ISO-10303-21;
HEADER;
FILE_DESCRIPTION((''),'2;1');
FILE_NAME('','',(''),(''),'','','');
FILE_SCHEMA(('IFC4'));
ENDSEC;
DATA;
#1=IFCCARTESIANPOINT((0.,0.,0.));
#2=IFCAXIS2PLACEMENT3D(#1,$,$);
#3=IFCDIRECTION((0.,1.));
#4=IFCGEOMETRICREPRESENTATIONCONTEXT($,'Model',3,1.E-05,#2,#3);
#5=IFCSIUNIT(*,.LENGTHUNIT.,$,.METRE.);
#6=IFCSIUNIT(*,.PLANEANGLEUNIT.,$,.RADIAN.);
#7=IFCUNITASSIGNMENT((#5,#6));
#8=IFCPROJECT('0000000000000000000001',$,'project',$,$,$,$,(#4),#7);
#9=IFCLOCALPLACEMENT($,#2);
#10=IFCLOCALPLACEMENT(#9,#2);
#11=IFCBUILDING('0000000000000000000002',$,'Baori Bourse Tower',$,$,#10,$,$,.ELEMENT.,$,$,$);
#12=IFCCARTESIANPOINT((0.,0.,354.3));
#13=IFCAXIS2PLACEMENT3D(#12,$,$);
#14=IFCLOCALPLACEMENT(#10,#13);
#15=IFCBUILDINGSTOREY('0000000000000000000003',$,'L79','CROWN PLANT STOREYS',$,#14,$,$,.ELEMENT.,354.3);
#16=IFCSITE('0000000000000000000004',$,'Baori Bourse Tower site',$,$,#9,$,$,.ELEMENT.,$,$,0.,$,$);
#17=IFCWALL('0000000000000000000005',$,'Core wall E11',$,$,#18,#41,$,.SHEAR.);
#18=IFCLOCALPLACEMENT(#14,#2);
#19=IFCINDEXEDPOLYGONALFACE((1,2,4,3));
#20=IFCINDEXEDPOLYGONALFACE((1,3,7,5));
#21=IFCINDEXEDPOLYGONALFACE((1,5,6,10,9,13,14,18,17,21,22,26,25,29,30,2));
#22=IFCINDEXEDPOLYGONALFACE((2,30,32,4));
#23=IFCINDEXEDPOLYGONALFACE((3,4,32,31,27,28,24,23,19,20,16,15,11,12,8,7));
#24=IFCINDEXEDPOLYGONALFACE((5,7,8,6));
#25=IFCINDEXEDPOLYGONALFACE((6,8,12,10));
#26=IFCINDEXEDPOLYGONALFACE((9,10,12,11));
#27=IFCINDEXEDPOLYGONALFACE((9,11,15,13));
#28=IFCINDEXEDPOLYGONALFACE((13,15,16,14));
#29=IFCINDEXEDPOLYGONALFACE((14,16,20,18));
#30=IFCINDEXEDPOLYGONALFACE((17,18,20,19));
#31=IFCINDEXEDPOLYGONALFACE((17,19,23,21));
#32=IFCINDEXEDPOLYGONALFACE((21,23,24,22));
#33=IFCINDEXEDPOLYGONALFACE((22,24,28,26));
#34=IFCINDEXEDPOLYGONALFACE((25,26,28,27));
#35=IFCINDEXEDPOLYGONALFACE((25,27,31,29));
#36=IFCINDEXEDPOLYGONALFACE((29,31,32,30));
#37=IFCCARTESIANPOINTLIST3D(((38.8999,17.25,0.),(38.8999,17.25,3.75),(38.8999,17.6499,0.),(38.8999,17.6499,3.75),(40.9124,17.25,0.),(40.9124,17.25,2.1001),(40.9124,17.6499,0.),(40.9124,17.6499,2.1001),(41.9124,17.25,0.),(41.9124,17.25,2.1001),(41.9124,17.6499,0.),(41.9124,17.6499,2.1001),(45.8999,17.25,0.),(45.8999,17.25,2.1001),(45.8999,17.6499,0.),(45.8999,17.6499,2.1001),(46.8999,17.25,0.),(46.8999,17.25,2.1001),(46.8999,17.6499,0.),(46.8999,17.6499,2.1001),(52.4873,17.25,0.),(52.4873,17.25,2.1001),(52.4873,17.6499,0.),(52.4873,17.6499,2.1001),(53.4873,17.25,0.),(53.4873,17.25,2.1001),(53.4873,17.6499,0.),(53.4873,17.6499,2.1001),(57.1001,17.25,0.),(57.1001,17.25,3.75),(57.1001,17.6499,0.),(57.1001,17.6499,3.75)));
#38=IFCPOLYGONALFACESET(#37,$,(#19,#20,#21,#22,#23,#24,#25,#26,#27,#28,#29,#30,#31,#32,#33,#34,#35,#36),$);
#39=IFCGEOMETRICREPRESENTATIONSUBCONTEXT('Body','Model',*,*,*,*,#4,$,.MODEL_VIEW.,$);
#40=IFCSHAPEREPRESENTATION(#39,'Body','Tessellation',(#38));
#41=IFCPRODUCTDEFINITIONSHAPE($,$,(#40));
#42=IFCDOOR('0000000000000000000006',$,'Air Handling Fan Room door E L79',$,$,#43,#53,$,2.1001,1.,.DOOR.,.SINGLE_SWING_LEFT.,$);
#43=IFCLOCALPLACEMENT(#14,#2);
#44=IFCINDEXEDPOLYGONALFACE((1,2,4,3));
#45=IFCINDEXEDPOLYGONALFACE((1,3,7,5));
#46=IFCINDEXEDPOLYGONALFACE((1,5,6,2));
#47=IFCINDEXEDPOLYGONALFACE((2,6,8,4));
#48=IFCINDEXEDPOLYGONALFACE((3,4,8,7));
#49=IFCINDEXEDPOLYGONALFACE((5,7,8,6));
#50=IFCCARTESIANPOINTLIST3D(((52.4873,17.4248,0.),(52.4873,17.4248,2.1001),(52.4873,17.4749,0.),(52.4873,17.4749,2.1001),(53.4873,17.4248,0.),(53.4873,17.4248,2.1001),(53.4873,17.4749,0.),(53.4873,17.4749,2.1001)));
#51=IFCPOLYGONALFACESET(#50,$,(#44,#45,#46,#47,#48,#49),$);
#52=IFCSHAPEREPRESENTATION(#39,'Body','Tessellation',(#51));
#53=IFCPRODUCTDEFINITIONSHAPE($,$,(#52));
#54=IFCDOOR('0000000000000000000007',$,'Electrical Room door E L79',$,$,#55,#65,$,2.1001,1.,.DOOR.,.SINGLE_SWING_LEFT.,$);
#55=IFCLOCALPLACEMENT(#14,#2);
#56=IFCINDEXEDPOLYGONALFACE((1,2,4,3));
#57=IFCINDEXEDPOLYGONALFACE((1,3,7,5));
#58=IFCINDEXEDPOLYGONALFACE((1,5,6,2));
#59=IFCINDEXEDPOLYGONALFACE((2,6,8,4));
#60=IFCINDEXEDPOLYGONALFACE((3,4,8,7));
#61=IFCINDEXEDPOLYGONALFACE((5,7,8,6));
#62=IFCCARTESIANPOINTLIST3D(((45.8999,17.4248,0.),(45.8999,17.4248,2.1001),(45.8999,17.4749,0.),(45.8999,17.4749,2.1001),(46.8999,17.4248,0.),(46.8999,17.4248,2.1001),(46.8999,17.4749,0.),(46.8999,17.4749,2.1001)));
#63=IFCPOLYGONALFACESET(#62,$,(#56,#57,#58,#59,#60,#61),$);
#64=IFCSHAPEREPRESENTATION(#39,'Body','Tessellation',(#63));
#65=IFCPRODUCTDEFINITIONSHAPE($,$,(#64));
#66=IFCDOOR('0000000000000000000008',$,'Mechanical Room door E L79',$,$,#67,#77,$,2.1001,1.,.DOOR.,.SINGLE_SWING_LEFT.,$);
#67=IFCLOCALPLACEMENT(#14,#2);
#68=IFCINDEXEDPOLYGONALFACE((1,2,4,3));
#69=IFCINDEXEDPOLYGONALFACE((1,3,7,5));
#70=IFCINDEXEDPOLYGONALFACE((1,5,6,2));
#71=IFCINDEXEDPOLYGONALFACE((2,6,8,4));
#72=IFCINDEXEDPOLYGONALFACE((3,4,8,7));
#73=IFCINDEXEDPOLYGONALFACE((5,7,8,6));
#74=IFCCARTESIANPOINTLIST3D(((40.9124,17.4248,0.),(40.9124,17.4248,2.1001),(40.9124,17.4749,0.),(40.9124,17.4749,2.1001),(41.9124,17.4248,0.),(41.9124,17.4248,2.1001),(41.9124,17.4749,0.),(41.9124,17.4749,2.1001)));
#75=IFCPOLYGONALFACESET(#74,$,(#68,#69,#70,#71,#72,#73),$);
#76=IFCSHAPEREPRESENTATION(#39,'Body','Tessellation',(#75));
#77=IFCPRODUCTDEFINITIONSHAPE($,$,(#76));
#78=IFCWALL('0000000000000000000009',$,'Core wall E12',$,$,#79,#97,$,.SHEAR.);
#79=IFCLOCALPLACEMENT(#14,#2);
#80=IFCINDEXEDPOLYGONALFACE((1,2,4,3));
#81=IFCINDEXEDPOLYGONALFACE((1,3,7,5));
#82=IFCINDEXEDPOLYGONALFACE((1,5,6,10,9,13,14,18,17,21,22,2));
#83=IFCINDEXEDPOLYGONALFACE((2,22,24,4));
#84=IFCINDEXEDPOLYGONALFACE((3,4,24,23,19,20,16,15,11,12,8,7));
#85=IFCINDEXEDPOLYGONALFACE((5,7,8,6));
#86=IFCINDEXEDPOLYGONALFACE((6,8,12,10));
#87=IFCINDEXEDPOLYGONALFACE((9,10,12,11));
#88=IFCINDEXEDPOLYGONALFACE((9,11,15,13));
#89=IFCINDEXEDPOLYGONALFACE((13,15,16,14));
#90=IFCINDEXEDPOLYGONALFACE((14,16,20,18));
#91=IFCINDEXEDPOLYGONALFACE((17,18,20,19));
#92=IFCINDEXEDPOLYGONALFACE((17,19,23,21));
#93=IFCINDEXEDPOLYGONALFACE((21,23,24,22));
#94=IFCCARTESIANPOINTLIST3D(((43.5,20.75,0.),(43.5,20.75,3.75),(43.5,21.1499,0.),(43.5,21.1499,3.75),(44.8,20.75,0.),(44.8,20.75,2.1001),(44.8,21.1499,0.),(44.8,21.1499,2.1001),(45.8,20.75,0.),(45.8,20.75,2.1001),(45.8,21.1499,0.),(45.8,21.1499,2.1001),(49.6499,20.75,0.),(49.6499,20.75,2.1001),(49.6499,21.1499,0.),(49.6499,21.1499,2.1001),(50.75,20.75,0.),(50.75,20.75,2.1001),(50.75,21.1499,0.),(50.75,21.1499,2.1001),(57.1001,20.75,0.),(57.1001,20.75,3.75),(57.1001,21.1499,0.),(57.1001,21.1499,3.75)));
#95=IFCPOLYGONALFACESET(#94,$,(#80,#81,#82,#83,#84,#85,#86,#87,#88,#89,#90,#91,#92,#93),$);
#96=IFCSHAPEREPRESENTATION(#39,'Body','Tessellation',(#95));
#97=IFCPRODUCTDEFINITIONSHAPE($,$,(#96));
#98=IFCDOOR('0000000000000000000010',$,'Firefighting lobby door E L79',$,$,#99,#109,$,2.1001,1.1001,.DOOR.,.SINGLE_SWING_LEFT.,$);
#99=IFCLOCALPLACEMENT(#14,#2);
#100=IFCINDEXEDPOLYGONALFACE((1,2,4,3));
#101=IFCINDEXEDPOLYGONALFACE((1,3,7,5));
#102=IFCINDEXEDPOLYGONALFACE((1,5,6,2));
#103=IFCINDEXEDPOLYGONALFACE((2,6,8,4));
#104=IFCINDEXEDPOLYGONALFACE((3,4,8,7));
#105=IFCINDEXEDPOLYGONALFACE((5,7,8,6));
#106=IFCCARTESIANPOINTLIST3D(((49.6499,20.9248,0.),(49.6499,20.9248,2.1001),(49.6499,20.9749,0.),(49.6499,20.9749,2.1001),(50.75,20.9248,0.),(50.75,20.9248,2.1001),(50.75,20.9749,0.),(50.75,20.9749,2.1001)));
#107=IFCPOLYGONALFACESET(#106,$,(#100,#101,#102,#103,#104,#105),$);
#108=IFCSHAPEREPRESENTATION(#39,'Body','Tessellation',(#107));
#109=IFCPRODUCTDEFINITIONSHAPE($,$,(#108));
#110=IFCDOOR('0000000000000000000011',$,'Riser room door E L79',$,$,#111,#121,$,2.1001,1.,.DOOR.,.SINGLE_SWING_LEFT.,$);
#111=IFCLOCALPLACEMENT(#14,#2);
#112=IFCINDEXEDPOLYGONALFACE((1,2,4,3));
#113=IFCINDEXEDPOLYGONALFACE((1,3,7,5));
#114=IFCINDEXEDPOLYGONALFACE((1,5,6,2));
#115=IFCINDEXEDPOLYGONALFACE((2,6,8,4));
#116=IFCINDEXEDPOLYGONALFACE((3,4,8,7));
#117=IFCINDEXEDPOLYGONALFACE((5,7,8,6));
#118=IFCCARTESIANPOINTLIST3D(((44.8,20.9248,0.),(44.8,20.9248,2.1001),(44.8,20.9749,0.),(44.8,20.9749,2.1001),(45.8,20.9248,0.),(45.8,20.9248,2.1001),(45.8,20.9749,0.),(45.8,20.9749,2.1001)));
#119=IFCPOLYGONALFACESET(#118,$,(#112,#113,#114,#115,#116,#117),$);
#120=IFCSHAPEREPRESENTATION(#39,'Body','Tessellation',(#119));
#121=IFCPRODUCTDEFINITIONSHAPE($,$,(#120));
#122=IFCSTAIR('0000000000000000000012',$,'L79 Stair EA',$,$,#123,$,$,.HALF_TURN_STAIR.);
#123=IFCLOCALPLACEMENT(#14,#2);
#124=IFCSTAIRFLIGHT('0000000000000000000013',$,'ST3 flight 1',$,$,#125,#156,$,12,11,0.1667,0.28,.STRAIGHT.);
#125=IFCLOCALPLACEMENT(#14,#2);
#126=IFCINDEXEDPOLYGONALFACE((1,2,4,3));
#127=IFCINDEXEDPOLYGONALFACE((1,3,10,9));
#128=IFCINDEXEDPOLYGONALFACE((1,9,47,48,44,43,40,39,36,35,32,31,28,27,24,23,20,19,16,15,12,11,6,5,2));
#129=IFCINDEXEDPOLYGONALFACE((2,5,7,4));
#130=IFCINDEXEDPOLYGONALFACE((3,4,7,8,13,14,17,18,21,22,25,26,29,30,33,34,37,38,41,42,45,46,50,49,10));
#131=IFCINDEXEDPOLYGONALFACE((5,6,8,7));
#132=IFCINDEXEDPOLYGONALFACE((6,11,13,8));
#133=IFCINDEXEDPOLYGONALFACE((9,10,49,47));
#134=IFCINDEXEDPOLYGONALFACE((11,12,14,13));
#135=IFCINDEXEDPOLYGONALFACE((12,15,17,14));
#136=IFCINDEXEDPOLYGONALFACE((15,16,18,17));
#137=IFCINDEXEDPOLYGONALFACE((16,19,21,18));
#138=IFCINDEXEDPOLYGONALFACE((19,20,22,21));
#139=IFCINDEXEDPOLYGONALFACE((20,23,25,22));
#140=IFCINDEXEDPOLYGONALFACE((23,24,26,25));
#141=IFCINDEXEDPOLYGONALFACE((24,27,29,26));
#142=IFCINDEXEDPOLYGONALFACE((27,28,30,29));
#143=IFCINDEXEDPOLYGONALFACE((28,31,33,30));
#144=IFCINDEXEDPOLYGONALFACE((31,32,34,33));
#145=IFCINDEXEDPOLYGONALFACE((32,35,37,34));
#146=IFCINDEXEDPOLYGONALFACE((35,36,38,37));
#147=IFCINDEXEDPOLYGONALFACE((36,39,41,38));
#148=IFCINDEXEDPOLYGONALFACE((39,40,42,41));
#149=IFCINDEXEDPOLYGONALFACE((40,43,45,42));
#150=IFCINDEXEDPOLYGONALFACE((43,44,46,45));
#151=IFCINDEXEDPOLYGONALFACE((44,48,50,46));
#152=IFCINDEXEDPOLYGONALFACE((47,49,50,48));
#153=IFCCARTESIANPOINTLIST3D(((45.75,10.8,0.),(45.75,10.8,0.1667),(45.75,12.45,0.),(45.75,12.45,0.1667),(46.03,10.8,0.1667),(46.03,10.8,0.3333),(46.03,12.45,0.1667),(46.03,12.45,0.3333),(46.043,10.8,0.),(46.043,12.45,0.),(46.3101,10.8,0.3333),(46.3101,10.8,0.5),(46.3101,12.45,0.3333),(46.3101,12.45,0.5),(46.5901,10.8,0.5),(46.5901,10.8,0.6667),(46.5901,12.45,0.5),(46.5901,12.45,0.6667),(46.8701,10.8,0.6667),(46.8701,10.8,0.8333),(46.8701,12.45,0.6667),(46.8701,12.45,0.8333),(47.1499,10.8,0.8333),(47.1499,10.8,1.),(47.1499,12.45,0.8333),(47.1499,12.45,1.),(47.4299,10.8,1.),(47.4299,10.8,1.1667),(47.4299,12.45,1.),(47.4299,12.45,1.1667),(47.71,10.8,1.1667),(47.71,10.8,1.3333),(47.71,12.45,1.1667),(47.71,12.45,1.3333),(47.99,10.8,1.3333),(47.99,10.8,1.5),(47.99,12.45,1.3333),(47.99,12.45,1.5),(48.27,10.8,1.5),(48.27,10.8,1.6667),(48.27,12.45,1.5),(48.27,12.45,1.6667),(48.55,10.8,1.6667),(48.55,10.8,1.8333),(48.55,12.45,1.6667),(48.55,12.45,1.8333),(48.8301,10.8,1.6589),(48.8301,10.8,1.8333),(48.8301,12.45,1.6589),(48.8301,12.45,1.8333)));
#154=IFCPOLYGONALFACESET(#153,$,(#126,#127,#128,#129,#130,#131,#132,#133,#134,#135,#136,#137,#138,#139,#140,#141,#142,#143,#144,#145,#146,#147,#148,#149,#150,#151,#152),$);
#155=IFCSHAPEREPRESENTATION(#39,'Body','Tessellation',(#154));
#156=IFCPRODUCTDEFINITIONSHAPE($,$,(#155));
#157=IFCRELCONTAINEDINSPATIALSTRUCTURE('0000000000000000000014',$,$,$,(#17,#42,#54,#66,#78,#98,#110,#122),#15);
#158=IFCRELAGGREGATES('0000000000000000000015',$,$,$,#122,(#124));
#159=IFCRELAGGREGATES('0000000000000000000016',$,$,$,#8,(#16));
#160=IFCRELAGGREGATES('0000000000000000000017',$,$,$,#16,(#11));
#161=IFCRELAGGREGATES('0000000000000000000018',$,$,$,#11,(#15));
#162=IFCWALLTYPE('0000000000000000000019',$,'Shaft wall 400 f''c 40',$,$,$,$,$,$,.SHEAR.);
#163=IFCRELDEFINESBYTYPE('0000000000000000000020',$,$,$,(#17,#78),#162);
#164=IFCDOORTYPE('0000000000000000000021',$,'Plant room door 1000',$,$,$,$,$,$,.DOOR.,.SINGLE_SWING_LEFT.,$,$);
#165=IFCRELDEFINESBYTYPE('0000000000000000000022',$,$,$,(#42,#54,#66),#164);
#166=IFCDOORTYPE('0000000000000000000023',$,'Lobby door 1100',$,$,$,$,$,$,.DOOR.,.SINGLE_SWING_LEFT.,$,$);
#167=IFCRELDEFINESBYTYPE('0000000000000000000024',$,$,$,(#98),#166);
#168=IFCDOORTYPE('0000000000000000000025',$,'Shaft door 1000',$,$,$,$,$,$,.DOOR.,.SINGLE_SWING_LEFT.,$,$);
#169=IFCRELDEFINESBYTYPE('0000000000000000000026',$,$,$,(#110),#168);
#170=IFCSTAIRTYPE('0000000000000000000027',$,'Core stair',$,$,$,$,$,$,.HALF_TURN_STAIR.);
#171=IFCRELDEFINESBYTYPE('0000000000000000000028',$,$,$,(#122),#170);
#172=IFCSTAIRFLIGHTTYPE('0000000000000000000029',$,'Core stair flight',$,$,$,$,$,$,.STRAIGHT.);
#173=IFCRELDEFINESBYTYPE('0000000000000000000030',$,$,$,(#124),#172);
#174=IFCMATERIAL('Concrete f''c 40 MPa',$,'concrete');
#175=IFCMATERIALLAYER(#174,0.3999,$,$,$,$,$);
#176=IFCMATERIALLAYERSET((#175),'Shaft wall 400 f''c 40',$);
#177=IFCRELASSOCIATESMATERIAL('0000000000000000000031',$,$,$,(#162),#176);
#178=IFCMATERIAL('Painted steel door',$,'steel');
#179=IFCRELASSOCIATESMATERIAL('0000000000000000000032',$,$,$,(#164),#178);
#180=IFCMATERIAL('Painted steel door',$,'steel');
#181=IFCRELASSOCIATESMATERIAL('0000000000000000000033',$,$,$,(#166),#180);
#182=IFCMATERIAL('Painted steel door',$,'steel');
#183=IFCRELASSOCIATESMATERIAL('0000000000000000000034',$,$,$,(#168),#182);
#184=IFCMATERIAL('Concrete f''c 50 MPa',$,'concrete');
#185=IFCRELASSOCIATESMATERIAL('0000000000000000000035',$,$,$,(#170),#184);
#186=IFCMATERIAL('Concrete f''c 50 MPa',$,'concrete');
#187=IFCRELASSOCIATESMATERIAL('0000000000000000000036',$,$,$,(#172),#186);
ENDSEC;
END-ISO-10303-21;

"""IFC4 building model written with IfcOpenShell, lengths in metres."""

from ifc_helpers import new_model, si_unit, direction, frame, frame_2d, origin, place, context, subcontext, project, spatial, polyline, rectangle, outline, extrude, material, layer, layer_set, type_object, element, fill, aggregate, save


model = new_model("IFC4")

# Units and contexts
model_context = context("Model", 3, precision=1e-05, world=origin(), true_north=direction((0.0, 1.0)))
body_context = subcontext(model_context, "Body", "Model", "MODEL_VIEW")
ifc_project = project(units=[si_unit("LENGTHUNIT", "METRE"), si_unit("PLANEANGLEUNIT", "RADIAN")], contexts=[model_context])

# Site, building, storey
site_placement = place(None, origin())
site = spatial("IfcSite", under=ifc_project, at=site_placement, Name="Baori Bourse Tower site", CompositionType="ELEMENT", RefElevation=0.0)
building_placement = place(site_placement, origin())
building = spatial("IfcBuilding", under=site, at=building_placement, Name="Baori Bourse Tower", CompositionType="ELEMENT")
storey_placement = place(building_placement, frame((0.0, 0.0, 354.3)))
storey = spatial("IfcBuildingStorey", under=building, at=storey_placement, Name="L79", Description="CROWN PLANT STOREYS", CompositionType="ELEMENT", Elevation=354.3)

# Shared definitions
ifc_material_1 = material(Name="Concrete f'c 40 MPa", Category="concrete")
ifc_layer_1 = layer(ifc_material_1, 0.3999)
ifc_layer_set_1 = layer_set([ifc_layer_1], Name="Shaft wall 400 f'c 40")
wall_type_1 = type_object("IfcWallType", Name="Shaft wall 400 f'c 40", PredefinedType="SHEAR", material=ifc_layer_set_1)

# Walls, openings, doors
wall_1_placement = place(storey_placement, frame((38.8999, 17.45, 0.0), z_axis=(0.0, 0.0, 1.0), x_axis=(1.0, 0.0, 0.0)))
wall_1 = element("IfcWall", 1, at=wall_1_placement, inside=storey, type_object=wall_type_1, Name="Core wall E11", PredefinedType="SHEAR", context=body_context, shape_type="SweptSolid", body=[
    extrude(rectangle(XDim=18.2002, YDim=0.3999, at=frame_2d((9.1001, 0.0))), origin(), (0.0, 0.0, 1.0), 3.75),
])
opening_1_placement = place(wall_1_placement, frame((13.5874, 0.0, 0.0)))
opening_1 = element("IfcOpeningElement", 2, at=opening_1_placement, cuts=wall_1, PredefinedType="OPENING", context=body_context, shape_type="SweptSolid", body=[
    extrude(rectangle(XDim=1.0, YDim=2.1001, at=frame_2d((0.5, 1.05))), frame((0.0, 0.21, 0.0), z_axis=(0.0, -1.0, 0.0), x_axis=(1.0, 0.0, 0.0)), (0.0, 0.0, 1.0), 0.4199),
])
opening_2_placement = place(wall_1_placement, frame((7.0, 0.0, 0.0)))
opening_2 = element("IfcOpeningElement", 3, at=opening_2_placement, cuts=wall_1, PredefinedType="OPENING", context=body_context, shape_type="SweptSolid", body=[
    extrude(rectangle(XDim=1.0, YDim=2.1001, at=frame_2d((0.5, 1.05))), frame((0.0, 0.21, 0.0), z_axis=(0.0, -1.0, 0.0), x_axis=(1.0, 0.0, 0.0)), (0.0, 0.0, 1.0), 0.4199),
])
opening_3_placement = place(wall_1_placement, frame((2.0125, 0.0, 0.0)))
opening_3 = element("IfcOpeningElement", 4, at=opening_3_placement, cuts=wall_1, PredefinedType="OPENING", context=body_context, shape_type="SweptSolid", body=[
    extrude(rectangle(XDim=1.0, YDim=2.1001, at=frame_2d((0.5, 1.05))), frame((0.0, 0.21, 0.0), z_axis=(0.0, -1.0, 0.0), x_axis=(1.0, 0.0, 0.0)), (0.0, 0.0, 1.0), 0.4199),
])
ifc_material_2 = material(Name="Painted steel door", Category="steel")
door_type_1 = type_object("IfcDoorType", Name="Plant room door 1000", OperationType="SINGLE_SWING_LEFT", PredefinedType="DOOR", material=ifc_material_2)
door_1_placement = place(opening_1_placement, origin())
door_1 = element("IfcDoor", 5, at=door_1_placement, inside=storey, type_object=door_type_1, Name="Air Handling Fan Room door E L79", OperationType="SINGLE_SWING_LEFT", OverallHeight=2.1001, OverallWidth=1.0, PredefinedType="DOOR", context=body_context, shape_type="SweptSolid", body=[
    extrude(rectangle(XDim=1.0, YDim=2.1001, at=frame_2d((0.5, 1.05))), frame((0.0, 0.0249, 0.0), z_axis=(0.0, -1.0, 0.0), x_axis=(1.0, 0.0, 0.0)), (0.0, 0.0, 1.0), 0.05),
])
fill(opening_1, door_1)
door_2_placement = place(opening_2_placement, origin())
door_2 = element("IfcDoor", 6, at=door_2_placement, inside=storey, type_object=door_type_1, Name="Electrical Room door E L79", OperationType="SINGLE_SWING_LEFT", OverallHeight=2.1001, OverallWidth=1.0, PredefinedType="DOOR", context=body_context, shape_type="SweptSolid", body=[
    extrude(rectangle(XDim=1.0, YDim=2.1001, at=frame_2d((0.5, 1.05))), frame((0.0, 0.0249, 0.0), z_axis=(0.0, -1.0, 0.0), x_axis=(1.0, 0.0, 0.0)), (0.0, 0.0, 1.0), 0.05),
])
fill(opening_2, door_2)
door_3_placement = place(opening_3_placement, origin())
door_3 = element("IfcDoor", 7, at=door_3_placement, inside=storey, type_object=door_type_1, Name="Mechanical Room door E L79", OperationType="SINGLE_SWING_LEFT", OverallHeight=2.1001, OverallWidth=1.0, PredefinedType="DOOR", context=body_context, shape_type="SweptSolid", body=[
    extrude(rectangle(XDim=1.0, YDim=2.1001, at=frame_2d((0.5, 1.05))), frame((0.0, 0.0249, 0.0), z_axis=(0.0, -1.0, 0.0), x_axis=(1.0, 0.0, 0.0)), (0.0, 0.0, 1.0), 0.05),
])
fill(opening_3, door_3)
wall_2_placement = place(storey_placement, frame((43.5, 20.95, 0.0), z_axis=(0.0, 0.0, 1.0), x_axis=(1.0, 0.0, 0.0)))
wall_2 = element("IfcWall", 8, at=wall_2_placement, inside=storey, type_object=wall_type_1, Name="Core wall E12", PredefinedType="SHEAR", context=body_context, shape_type="SweptSolid", body=[
    extrude(rectangle(XDim=13.6001, YDim=0.3999, at=frame_2d((6.8, 0.0))), origin(), (0.0, 0.0, 1.0), 3.75),
])
opening_4_placement = place(wall_2_placement, frame((6.1499, 0.0, 0.0)))
opening_4 = element("IfcOpeningElement", 9, at=opening_4_placement, cuts=wall_2, PredefinedType="OPENING", context=body_context, shape_type="SweptSolid", body=[
    extrude(rectangle(XDim=1.1001, YDim=2.1001, at=frame_2d((0.55, 1.05))), frame((0.0, 0.21, 0.0), z_axis=(0.0, -1.0, 0.0), x_axis=(1.0, 0.0, 0.0)), (0.0, 0.0, 1.0), 0.4199),
])
opening_5_placement = place(wall_2_placement, frame((1.3, 0.0, 0.0)))
opening_5 = element("IfcOpeningElement", 10, at=opening_5_placement, cuts=wall_2, PredefinedType="OPENING", context=body_context, shape_type="SweptSolid", body=[
    extrude(rectangle(XDim=1.0, YDim=2.1001, at=frame_2d((0.5, 1.05))), frame((0.0, 0.21, 0.0), z_axis=(0.0, -1.0, 0.0), x_axis=(1.0, 0.0, 0.0)), (0.0, 0.0, 1.0), 0.4199),
])
ifc_material_3 = material(Name="Painted steel door", Category="steel")
door_type_2 = type_object("IfcDoorType", Name="Lobby door 1100", OperationType="SINGLE_SWING_LEFT", PredefinedType="DOOR", material=ifc_material_3)
door_4_placement = place(opening_4_placement, origin())
door_4 = element("IfcDoor", 11, at=door_4_placement, inside=storey, type_object=door_type_2, Name="Firefighting lobby door E L79", OperationType="SINGLE_SWING_LEFT", OverallHeight=2.1001, OverallWidth=1.1001, PredefinedType="DOOR", context=body_context, shape_type="SweptSolid", body=[
    extrude(rectangle(XDim=1.1001, YDim=2.1001, at=frame_2d((0.55, 1.05))), frame((0.0, 0.0249, 0.0), z_axis=(0.0, -1.0, 0.0), x_axis=(1.0, 0.0, 0.0)), (0.0, 0.0, 1.0), 0.05),
])
fill(opening_4, door_4)
ifc_material_4 = material(Name="Painted steel door", Category="steel")
door_type_3 = type_object("IfcDoorType", Name="Shaft door 1000", OperationType="SINGLE_SWING_LEFT", PredefinedType="DOOR", material=ifc_material_4)
door_5_placement = place(opening_5_placement, origin())
door_5 = element("IfcDoor", 12, at=door_5_placement, inside=storey, type_object=door_type_3, Name="Riser room door E L79", OperationType="SINGLE_SWING_LEFT", OverallHeight=2.1001, OverallWidth=1.0, PredefinedType="DOOR", context=body_context, shape_type="SweptSolid", body=[
    extrude(rectangle(XDim=1.0, YDim=2.1001, at=frame_2d((0.5, 1.05))), frame((0.0, 0.0249, 0.0), z_axis=(0.0, -1.0, 0.0), x_axis=(1.0, 0.0, 0.0)), (0.0, 0.0, 1.0), 0.05),
])
fill(opening_5, door_5)

# Stair, stair flight
ifc_material_5 = material(Name="Concrete f'c 50 MPa", Category="concrete")
stair_type = type_object("IfcStairType", Name="Core stair", PredefinedType="HALF_TURN_STAIR", material=ifc_material_5)
stair_placement = place(storey_placement, origin())
stair = element("IfcStair", 13, at=stair_placement, inside=storey, type_object=stair_type, Name="L79 Stair EA", PredefinedType="HALF_TURN_STAIR")
ifc_material_6 = material(Name="Concrete f'c 50 MPa", Category="concrete")
stair_flight_type = type_object("IfcStairFlightType", Name="Core stair flight", PredefinedType="STRAIGHT", material=ifc_material_6)
stair_flight_1_placement = place(storey_placement, frame((45.75, 11.625, 0.0), z_axis=(0.0, 0.0, 1.0), x_axis=(1.0, 0.0, 0.0)))
stair_flight_1 = element("IfcStairFlight", 14, at=stair_flight_1_placement, type_object=stair_flight_type, Name="ST3 flight 1", NumberOfRisers=12, NumberOfTreads=11, PredefinedType="STRAIGHT", RiserHeight=0.1667, TreadLength=0.28, context=body_context, shape_type="SweptSolid", body=[
    extrude(outline(polyline([(0.0, 0.0), (0.0, 0.1667), (0.28, 0.1667), (0.28, 0.3333), (0.5601, 0.3333), (0.5601, 0.5), (0.8401, 0.5), (0.8401, 0.6667), (1.1201, 0.6667), (1.1201, 0.8333), (1.3999, 0.8333), (1.3999, 1.0), (1.6799, 1.0), (1.6799, 1.1667), (1.96, 1.1667), (1.96, 1.3333), (2.24, 1.3333), (2.24, 1.5), (2.52, 1.5), (2.52, 1.6667), (2.8, 1.6667), (2.8, 1.8333), (3.0801, 1.8333), (3.0801, 2.0), (3.0801, 1.6589), (0.293, 0.0), (0.0, 0.0)])), frame((0.0, 0.825, 0.0), z_axis=(0.0, -1.0, 0.0), x_axis=(1.0, 0.0, 0.0)), (0.0, 0.0, 1.0), 1.6499),
])
aggregate(stair, [stair_flight_1])

save(model, "model.ifc")
